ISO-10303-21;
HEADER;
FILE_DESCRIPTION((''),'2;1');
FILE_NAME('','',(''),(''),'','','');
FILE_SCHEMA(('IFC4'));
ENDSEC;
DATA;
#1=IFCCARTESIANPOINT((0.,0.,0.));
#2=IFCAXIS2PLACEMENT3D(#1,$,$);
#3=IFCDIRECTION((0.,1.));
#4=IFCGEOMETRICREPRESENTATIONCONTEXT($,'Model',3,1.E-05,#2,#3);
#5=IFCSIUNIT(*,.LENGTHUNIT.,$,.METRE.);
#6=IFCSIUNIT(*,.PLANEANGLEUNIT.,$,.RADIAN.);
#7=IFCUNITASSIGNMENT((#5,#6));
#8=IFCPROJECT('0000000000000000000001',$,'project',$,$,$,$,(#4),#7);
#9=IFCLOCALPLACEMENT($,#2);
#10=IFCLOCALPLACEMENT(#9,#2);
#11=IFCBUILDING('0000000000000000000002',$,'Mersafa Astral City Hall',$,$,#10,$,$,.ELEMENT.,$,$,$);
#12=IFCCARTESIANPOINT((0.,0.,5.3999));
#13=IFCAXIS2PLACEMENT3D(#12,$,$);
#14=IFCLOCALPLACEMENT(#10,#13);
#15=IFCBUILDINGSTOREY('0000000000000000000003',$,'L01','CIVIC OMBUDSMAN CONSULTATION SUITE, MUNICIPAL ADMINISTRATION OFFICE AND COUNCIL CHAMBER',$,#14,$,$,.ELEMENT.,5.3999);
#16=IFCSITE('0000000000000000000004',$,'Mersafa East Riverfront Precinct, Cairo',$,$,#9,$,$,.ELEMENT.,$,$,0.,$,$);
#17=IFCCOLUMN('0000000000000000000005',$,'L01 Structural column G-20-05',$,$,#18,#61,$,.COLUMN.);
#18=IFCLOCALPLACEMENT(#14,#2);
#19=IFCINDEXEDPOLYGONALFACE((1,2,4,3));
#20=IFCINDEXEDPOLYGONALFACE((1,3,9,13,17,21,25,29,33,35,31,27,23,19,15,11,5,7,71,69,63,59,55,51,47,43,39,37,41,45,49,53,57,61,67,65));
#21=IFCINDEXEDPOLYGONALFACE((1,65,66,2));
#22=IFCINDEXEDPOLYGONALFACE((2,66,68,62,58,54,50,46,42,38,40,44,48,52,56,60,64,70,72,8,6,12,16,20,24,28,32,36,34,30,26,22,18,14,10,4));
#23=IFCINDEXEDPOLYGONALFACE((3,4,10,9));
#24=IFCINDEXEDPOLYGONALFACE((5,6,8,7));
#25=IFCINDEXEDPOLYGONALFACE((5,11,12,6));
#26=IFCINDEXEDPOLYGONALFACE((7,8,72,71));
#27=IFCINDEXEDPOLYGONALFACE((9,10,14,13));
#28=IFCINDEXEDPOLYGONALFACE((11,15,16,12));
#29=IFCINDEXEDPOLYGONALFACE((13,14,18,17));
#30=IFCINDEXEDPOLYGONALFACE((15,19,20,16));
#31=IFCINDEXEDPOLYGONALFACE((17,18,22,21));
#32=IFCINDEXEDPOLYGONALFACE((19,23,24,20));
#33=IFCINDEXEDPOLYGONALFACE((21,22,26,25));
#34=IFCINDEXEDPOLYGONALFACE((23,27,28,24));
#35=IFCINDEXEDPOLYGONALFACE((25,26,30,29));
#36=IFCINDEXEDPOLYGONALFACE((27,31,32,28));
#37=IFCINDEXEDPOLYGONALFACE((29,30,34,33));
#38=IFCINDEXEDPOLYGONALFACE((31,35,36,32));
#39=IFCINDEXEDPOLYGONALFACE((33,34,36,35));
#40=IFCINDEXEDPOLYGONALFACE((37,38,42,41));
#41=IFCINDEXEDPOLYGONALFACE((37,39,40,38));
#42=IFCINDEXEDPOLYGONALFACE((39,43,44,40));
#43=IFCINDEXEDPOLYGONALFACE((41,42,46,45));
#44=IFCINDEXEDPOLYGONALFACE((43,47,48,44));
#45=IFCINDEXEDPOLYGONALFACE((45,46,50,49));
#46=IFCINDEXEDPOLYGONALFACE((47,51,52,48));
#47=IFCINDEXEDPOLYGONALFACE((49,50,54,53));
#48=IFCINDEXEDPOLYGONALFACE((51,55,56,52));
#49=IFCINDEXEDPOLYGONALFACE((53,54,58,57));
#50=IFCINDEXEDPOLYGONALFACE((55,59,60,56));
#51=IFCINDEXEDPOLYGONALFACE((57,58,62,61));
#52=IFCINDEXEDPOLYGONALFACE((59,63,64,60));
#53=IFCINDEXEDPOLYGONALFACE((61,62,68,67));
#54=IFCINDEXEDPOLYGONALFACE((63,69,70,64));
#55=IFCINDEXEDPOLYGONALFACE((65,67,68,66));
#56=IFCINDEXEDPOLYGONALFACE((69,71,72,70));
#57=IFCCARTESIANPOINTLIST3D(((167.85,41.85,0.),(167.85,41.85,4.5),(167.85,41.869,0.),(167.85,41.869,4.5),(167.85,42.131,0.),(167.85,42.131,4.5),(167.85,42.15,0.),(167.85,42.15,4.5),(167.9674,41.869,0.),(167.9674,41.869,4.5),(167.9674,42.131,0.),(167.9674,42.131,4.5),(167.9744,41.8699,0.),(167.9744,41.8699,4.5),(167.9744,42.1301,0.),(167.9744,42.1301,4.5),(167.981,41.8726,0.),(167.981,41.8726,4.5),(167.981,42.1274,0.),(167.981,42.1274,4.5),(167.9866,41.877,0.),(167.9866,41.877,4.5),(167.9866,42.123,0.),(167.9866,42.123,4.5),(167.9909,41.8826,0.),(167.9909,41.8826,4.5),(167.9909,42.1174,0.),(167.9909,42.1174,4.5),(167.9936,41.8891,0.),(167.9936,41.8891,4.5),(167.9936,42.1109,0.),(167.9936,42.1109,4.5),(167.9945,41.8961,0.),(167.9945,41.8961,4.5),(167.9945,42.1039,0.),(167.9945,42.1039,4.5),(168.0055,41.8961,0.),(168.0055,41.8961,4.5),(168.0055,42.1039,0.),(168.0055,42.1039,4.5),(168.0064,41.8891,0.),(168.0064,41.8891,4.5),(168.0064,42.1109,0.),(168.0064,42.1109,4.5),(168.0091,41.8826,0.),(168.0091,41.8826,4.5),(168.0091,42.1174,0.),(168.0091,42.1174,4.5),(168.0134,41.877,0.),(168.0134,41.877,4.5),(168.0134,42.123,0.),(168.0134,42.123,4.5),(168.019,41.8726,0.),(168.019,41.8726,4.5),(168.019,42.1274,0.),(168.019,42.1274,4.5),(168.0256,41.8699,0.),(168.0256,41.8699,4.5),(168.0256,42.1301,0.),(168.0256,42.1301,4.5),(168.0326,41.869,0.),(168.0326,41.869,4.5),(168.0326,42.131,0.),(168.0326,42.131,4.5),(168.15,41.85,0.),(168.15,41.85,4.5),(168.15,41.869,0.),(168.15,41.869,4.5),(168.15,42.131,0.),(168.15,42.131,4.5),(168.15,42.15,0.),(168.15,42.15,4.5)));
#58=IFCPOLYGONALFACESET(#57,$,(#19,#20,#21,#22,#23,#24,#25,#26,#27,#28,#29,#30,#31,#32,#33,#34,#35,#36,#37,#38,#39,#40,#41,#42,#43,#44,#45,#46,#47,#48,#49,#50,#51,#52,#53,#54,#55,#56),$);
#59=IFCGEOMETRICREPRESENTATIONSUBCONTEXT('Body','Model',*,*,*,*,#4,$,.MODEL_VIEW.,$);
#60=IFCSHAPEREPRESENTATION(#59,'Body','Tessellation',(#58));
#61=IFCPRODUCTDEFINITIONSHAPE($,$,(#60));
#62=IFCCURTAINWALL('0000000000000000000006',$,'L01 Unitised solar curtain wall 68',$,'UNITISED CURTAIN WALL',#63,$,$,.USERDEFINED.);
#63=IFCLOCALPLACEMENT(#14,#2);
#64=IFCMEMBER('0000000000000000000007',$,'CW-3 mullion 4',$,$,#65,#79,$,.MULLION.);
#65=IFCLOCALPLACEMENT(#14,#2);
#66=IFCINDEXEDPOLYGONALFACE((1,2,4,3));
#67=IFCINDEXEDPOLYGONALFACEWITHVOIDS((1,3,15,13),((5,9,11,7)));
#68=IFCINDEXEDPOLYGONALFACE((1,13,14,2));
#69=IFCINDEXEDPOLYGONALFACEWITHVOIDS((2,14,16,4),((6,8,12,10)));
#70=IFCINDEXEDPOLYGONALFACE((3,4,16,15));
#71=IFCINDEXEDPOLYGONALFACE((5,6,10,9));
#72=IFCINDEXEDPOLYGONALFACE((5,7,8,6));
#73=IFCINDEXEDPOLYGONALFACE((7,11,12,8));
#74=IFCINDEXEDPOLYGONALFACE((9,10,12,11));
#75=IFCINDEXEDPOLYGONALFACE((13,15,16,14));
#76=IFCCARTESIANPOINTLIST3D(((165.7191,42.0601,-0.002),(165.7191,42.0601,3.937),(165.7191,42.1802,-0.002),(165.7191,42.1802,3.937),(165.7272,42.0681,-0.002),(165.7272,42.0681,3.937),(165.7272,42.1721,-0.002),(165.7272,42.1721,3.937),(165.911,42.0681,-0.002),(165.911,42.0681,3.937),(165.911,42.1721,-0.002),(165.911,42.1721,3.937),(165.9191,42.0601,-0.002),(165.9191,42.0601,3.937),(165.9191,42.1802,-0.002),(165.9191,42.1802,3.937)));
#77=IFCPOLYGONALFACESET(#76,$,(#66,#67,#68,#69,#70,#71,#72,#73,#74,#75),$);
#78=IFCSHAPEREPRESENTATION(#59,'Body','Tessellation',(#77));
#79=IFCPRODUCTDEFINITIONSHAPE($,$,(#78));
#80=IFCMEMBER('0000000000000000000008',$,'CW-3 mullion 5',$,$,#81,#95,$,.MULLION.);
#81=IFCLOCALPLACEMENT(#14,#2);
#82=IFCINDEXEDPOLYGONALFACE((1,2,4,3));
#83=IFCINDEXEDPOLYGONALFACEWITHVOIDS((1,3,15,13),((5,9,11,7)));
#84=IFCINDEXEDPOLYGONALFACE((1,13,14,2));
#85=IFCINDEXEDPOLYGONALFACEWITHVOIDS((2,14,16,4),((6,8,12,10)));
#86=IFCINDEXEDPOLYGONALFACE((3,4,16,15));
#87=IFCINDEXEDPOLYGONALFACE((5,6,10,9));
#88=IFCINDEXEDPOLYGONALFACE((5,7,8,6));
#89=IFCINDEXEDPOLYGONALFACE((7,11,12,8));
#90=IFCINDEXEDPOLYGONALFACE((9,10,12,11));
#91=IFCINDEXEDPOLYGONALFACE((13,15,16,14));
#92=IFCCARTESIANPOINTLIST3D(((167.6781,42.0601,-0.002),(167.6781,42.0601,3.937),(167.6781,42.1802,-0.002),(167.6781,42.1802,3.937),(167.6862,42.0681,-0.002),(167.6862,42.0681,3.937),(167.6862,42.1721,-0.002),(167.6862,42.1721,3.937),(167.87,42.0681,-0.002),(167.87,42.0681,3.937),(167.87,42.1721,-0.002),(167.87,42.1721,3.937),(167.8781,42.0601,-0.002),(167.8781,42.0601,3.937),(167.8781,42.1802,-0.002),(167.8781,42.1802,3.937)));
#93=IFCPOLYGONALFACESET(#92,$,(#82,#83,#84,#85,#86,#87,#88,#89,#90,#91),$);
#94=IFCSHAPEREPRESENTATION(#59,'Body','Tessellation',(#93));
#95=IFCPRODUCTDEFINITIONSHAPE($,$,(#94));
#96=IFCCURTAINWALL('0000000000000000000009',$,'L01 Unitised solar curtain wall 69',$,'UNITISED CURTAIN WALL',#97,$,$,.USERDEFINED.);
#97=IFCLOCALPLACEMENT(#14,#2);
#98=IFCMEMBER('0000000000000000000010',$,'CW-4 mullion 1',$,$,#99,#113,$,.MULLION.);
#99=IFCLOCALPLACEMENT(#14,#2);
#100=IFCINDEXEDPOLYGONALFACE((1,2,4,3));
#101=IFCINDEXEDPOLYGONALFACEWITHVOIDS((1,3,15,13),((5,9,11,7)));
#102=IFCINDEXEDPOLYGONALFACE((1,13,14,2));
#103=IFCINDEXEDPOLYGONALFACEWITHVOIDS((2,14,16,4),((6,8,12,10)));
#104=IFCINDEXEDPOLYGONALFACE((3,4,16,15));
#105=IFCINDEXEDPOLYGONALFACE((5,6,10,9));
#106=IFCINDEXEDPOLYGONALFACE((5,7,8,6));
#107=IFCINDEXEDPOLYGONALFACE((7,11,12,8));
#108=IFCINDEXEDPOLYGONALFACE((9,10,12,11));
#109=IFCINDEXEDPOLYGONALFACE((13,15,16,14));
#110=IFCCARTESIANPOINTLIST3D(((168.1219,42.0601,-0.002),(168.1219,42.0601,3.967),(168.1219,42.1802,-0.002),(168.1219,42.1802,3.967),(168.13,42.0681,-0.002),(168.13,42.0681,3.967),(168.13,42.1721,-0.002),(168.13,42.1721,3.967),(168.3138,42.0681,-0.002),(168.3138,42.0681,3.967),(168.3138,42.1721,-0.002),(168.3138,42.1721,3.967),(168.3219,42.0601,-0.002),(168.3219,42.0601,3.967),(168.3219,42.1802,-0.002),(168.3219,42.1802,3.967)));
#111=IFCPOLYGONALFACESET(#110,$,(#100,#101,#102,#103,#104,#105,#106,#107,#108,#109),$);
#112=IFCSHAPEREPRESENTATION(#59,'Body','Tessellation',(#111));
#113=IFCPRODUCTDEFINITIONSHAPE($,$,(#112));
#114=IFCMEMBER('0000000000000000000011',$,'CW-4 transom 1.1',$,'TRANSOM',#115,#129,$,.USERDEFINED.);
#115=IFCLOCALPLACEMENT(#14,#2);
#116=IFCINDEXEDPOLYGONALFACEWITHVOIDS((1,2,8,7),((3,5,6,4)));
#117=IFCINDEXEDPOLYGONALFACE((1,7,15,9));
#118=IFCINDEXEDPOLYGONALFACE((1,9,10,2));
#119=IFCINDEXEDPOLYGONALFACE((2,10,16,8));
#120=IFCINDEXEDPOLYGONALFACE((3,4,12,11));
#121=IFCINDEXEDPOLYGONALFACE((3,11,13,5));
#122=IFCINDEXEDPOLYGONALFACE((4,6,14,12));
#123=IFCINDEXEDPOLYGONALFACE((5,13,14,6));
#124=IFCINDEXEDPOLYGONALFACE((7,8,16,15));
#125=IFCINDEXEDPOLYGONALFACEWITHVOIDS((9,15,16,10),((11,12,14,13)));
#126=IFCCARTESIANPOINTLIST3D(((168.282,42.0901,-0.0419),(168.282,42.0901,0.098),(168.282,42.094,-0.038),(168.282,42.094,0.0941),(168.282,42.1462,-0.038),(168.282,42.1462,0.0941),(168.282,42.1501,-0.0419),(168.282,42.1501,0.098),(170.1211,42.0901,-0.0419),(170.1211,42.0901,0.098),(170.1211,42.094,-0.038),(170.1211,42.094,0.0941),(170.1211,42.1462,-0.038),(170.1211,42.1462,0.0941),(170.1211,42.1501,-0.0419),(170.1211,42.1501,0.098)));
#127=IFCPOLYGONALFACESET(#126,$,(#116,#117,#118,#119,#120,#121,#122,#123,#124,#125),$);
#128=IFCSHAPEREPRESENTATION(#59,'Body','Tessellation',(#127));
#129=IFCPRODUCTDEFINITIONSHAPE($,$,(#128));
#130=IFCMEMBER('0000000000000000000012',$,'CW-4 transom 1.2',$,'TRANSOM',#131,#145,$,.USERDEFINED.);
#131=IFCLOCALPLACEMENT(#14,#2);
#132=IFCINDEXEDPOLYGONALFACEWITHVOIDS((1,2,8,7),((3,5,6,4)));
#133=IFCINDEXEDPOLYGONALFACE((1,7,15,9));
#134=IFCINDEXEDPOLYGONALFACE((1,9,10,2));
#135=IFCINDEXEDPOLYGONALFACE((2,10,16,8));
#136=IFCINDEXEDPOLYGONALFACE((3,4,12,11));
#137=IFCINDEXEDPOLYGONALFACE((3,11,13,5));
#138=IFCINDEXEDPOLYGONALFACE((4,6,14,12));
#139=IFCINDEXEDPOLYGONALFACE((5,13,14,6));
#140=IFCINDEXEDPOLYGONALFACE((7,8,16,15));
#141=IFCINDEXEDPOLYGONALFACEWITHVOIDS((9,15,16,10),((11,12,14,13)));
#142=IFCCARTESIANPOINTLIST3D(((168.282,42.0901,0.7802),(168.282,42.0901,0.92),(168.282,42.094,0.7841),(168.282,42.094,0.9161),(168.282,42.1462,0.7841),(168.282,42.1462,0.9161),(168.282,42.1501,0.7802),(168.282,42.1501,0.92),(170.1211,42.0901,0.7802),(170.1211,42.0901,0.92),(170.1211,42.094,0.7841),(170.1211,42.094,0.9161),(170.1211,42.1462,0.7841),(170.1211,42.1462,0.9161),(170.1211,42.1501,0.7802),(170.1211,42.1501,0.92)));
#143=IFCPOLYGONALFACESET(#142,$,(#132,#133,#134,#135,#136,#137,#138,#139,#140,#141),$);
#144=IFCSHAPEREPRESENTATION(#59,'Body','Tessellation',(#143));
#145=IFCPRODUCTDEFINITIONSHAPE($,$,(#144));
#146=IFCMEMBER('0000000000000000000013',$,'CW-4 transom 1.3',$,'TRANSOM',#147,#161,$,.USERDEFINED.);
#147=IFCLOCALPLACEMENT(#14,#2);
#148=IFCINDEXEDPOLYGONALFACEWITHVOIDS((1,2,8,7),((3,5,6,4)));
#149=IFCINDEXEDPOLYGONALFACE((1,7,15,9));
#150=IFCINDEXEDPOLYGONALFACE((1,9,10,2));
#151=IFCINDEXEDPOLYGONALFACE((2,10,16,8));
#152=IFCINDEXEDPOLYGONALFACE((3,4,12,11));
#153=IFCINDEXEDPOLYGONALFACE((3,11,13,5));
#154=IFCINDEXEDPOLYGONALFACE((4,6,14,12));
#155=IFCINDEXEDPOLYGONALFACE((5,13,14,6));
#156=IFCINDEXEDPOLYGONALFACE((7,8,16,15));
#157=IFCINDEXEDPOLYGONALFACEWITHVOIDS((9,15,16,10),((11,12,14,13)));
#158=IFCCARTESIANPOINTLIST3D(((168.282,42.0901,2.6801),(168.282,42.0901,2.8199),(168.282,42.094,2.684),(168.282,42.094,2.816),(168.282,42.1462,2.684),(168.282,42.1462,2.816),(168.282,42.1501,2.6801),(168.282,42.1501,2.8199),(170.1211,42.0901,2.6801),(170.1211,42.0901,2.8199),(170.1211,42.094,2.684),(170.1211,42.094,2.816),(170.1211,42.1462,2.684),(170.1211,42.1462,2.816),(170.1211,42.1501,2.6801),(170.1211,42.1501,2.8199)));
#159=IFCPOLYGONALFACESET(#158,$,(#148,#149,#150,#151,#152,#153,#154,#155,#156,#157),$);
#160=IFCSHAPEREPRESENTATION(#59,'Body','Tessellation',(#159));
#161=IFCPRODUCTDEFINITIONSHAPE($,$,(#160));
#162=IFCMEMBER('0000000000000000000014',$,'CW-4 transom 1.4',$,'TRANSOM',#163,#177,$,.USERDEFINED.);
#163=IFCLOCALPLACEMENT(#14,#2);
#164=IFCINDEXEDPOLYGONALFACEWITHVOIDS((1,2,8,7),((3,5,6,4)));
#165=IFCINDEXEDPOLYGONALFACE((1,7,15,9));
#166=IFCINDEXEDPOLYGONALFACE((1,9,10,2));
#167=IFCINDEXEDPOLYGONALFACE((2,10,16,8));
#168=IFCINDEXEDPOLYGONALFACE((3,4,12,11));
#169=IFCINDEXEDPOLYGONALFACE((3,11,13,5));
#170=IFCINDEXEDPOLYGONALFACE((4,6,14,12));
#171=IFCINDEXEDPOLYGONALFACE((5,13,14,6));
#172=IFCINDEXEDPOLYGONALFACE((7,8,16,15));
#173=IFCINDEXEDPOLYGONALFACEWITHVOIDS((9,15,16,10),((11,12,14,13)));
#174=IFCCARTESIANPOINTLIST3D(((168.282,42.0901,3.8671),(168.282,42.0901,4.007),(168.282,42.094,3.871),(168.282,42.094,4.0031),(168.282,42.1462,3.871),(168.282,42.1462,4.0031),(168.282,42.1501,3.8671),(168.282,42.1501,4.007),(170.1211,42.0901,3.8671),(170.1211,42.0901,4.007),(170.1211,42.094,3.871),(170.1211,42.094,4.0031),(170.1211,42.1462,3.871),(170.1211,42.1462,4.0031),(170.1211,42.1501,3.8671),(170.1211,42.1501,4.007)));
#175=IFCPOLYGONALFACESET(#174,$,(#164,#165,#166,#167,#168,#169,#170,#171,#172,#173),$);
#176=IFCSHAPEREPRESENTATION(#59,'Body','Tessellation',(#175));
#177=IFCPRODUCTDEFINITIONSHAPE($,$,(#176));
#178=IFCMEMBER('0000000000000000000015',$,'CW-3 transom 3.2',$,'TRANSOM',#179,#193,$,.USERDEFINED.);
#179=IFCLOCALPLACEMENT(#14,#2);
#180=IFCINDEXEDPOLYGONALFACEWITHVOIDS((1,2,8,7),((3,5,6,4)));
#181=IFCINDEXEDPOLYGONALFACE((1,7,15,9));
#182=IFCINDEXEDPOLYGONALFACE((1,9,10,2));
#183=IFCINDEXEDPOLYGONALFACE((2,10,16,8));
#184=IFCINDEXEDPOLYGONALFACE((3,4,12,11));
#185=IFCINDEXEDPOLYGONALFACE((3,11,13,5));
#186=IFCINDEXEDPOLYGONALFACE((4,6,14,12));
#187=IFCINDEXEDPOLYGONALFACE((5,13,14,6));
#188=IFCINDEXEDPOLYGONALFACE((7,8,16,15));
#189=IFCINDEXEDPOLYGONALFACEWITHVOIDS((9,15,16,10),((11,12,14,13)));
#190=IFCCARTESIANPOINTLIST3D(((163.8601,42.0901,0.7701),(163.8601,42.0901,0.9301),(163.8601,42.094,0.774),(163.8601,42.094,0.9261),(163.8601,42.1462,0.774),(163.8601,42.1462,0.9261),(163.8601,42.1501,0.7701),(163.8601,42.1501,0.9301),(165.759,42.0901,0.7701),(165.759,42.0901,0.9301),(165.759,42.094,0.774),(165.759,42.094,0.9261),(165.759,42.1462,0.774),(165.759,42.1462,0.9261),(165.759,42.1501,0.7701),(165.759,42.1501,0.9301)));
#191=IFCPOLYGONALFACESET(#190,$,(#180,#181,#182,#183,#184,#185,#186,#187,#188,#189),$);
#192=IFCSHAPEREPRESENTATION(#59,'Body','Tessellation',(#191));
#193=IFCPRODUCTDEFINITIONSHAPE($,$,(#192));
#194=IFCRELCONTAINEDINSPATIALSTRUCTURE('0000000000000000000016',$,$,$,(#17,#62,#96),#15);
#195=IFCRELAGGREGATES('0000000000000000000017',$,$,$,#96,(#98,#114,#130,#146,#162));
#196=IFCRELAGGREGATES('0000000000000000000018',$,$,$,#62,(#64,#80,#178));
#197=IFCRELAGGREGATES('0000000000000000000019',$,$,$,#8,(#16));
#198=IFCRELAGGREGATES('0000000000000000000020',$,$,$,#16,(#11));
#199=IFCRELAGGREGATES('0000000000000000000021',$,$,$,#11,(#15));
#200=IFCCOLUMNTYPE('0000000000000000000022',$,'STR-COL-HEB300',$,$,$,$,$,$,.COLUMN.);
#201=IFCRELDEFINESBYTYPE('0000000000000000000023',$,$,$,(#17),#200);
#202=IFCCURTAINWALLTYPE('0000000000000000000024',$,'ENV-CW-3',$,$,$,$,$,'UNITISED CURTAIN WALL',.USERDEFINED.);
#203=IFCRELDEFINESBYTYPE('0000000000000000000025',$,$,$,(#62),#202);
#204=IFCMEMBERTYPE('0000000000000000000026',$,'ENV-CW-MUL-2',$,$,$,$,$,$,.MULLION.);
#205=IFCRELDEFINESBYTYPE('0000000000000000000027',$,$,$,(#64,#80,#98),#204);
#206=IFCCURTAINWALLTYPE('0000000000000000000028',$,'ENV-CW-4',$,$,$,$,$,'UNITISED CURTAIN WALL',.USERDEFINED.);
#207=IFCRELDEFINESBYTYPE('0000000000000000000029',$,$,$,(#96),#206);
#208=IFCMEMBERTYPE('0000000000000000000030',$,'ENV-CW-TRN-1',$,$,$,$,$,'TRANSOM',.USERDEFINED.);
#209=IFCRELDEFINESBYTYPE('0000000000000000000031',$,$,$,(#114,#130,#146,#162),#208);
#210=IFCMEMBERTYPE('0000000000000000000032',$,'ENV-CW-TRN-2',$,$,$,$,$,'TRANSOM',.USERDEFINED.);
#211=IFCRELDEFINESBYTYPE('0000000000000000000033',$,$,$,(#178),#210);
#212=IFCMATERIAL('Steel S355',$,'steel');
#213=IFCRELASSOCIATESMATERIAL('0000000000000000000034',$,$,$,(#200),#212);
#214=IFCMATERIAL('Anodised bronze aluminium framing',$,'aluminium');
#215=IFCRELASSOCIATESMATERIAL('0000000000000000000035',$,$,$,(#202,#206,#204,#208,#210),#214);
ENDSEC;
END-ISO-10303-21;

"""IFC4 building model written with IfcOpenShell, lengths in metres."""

from ifc_helpers import new_model, si_unit, direction, frame, origin, origin_2d, place, context, subcontext, project, spatial, hollow_rectangle, i_section, extrude, material, material_profile, profile_set, type_object, element, aggregate, save


model = new_model("IFC4")

# Units and contexts
model_context = context("Model", 3, precision=1e-05, world=origin(), true_north=direction((0.0, 1.0)))
body_context = subcontext(model_context, "Body", "Model", "MODEL_VIEW")
ifc_project = project(units=[si_unit("LENGTHUNIT", "METRE"), si_unit("PLANEANGLEUNIT", "RADIAN")], contexts=[model_context])

# Site, building, storey
site_placement = place(None, origin())
site = spatial("IfcSite", under=ifc_project, at=site_placement, Name="Mersafa East Riverfront Precinct, Cairo", CompositionType="ELEMENT", RefElevation=0.0)
building_placement = place(site_placement, origin())
building = spatial("IfcBuilding", under=site, at=building_placement, Name="Mersafa Astral City Hall", CompositionType="ELEMENT")
storey_placement = place(building_placement, frame((0.0, 0.0, 5.3999)))
storey = spatial("IfcBuildingStorey", under=building, at=storey_placement, Name="L01", Description="CIVIC OMBUDSMAN CONSULTATION SUITE, MUNICIPAL ADMINISTRATION OFFICE AND COUNCIL CHAMBER", CompositionType="ELEMENT", Elevation=5.3999)

# Column
ifc_material_1 = material(Name="Steel S355", Category="steel")
ifc_material_profile_1 = material_profile(ifc_material_1, i_section(OverallWidth=0.3, OverallDepth=0.3, WebThickness=0.011, FlangeThickness=0.019, FilletRadius=0.0271, at=origin_2d()), Name="HEB 300")
ifc_profile_set_1 = profile_set([ifc_material_profile_1], Name="Steel S355")
column_type = type_object("IfcColumnType", Name="STR-COL-HEB300", PredefinedType="COLUMN", material=ifc_profile_set_1)
column_placement = place(storey_placement, frame((168.0, 42.0, 0.0), z_axis=(0.0, 0.0, 1.0), x_axis=(1.0, 0.0, 0.0)))
element("IfcColumn", 1, at=column_placement, inside=storey, type_object=column_type, Name="L01 Structural column G-20-05", PredefinedType="COLUMN", context=body_context, shape_type="SweptSolid", body=[
    extrude(i_section(OverallWidth=0.3, OverallDepth=0.3, WebThickness=0.011, FlangeThickness=0.019, FilletRadius=0.0271, at=origin_2d()), origin(), (0.0, 0.0, 1.0), 4.5),
])

# Curtain walls, members
ifc_material_2 = material(Name="Anodised bronze aluminium framing", Category="aluminium")
curtain_wall_type_1 = type_object("IfcCurtainWallType", Name="ENV-CW-3", ElementType="UNITISED CURTAIN WALL", PredefinedType="USERDEFINED", material=ifc_material_2)
curtain_wall_1_placement = place(storey_placement, origin())
curtain_wall_1 = element("IfcCurtainWall", 2, at=curtain_wall_1_placement, inside=storey, type_object=curtain_wall_type_1, Name="L01 Unitised solar curtain wall 68", ObjectType="UNITISED CURTAIN WALL", PredefinedType="USERDEFINED")
ifc_material_profile_2 = material_profile(ifc_material_2, hollow_rectangle(XDim=0.1201, YDim=0.2, WallThickness=0.0081, at=origin_2d()), Name="RHS 120x200x8")
ifc_profile_set_2 = profile_set([ifc_material_profile_2], Name="Anodised bronze aluminium framing")
member_type_1 = type_object("IfcMemberType", Name="ENV-CW-MUL-2", PredefinedType="MULLION", material=ifc_profile_set_2)
member_1_placement = place(storey_placement, frame((165.8191, 42.1201, -0.002), z_axis=(0.0, 0.0, 1.0), x_axis=(0.0, 1.0, 0.0)))
member_1 = element("IfcMember", 3, at=member_1_placement, type_object=member_type_1, Name="CW-3 mullion 4", PredefinedType="MULLION", context=body_context, shape_type="SweptSolid", body=[
    extrude(hollow_rectangle(XDim=0.1201, YDim=0.2, WallThickness=0.0081, at=origin_2d()), origin(), (0.0, 0.0, 1.0), 3.939),
])
member_2_placement = place(storey_placement, frame((167.7781, 42.1201, -0.002), z_axis=(0.0, 0.0, 1.0), x_axis=(0.0, 1.0, 0.0)))
member_2 = element("IfcMember", 4, at=member_2_placement, type_object=member_type_1, Name="CW-3 mullion 5", PredefinedType="MULLION", context=body_context, shape_type="SweptSolid", body=[
    extrude(hollow_rectangle(XDim=0.1201, YDim=0.2, WallThickness=0.0081, at=origin_2d()), origin(), (0.0, 0.0, 1.0), 3.939),
])
curtain_wall_type_2 = type_object("IfcCurtainWallType", Name="ENV-CW-4", ElementType="UNITISED CURTAIN WALL", PredefinedType="USERDEFINED", material=ifc_material_2)
curtain_wall_2_placement = place(storey_placement, origin())
curtain_wall_2 = element("IfcCurtainWall", 5, at=curtain_wall_2_placement, inside=storey, type_object=curtain_wall_type_2, Name="L01 Unitised solar curtain wall 69", ObjectType="UNITISED CURTAIN WALL", PredefinedType="USERDEFINED")
member_3_placement = place(storey_placement, frame((168.2219, 42.1201, -0.002), z_axis=(0.0, 0.0, 1.0), x_axis=(0.0, 1.0, 0.0)))
member_3 = element("IfcMember", 6, at=member_3_placement, type_object=member_type_1, Name="CW-4 mullion 1", PredefinedType="MULLION", context=body_context, shape_type="SweptSolid", body=[
    extrude(hollow_rectangle(XDim=0.1201, YDim=0.2, WallThickness=0.0081, at=origin_2d()), origin(), (0.0, 0.0, 1.0), 3.969),
])
ifc_material_profile_3 = material_profile(ifc_material_2, hollow_rectangle(XDim=0.0601, YDim=0.1399, WallThickness=0.0039, at=origin_2d()), Name="RHS 60x140x4")
ifc_profile_set_3 = profile_set([ifc_material_profile_3], Name="Anodised bronze aluminium framing")
member_type_2 = type_object("IfcMemberType", Name="ENV-CW-TRN-1", ElementType="TRANSOM", PredefinedType="USERDEFINED", material=ifc_profile_set_3)
member_4_placement = place(storey_placement, frame((168.282, 42.1201, 0.0281), z_axis=(1.0, 0.0, 0.0), x_axis=(0.0, 1.0, 0.0)))
member_4 = element("IfcMember", 7, at=member_4_placement, type_object=member_type_2, Name="CW-4 transom 1.1", ObjectType="TRANSOM", PredefinedType="USERDEFINED", context=body_context, shape_type="SweptSolid", body=[
    extrude(hollow_rectangle(XDim=0.0601, YDim=0.1399, WallThickness=0.0039, at=origin_2d()), origin(), (0.0, 0.0, 1.0), 1.8391),
])
member_5_placement = place(storey_placement, frame((168.282, 42.1201, 0.8501), z_axis=(1.0, 0.0, 0.0), x_axis=(0.0, 1.0, 0.0)))
member_5 = element("IfcMember", 8, at=member_5_placement, type_object=member_type_2, Name="CW-4 transom 1.2", ObjectType="TRANSOM", PredefinedType="USERDEFINED", context=body_context, shape_type="SweptSolid", body=[
    extrude(hollow_rectangle(XDim=0.0601, YDim=0.1399, WallThickness=0.0039, at=origin_2d()), origin(), (0.0, 0.0, 1.0), 1.8391),
])
member_6_placement = place(storey_placement, frame((168.282, 42.1201, 2.75), z_axis=(1.0, 0.0, 0.0), x_axis=(0.0, 1.0, 0.0)))
member_6 = element("IfcMember", 9, at=member_6_placement, type_object=member_type_2, Name="CW-4 transom 1.3", ObjectType="TRANSOM", PredefinedType="USERDEFINED", context=body_context, shape_type="SweptSolid", body=[
    extrude(hollow_rectangle(XDim=0.0601, YDim=0.1399, WallThickness=0.0039, at=origin_2d()), origin(), (0.0, 0.0, 1.0), 1.8391),
])
member_7_placement = place(storey_placement, frame((168.282, 42.1201, 3.937), z_axis=(1.0, 0.0, 0.0), x_axis=(0.0, 1.0, 0.0)))
member_7 = element("IfcMember", 10, at=member_7_placement, type_object=member_type_2, Name="CW-4 transom 1.4", ObjectType="TRANSOM", PredefinedType="USERDEFINED", context=body_context, shape_type="SweptSolid", body=[
    extrude(hollow_rectangle(XDim=0.0601, YDim=0.1399, WallThickness=0.0039, at=origin_2d()), origin(), (0.0, 0.0, 1.0), 1.8391),
])
aggregate(curtain_wall_2, [member_3, member_4, member_5, member_6, member_7])

# Member
ifc_material_profile_4 = material_profile(ifc_material_2, hollow_rectangle(XDim=0.0601, YDim=0.1599, WallThickness=0.0039, at=origin_2d()), Name="RHS 60x160x4")
ifc_profile_set_4 = profile_set([ifc_material_profile_4], Name="Anodised bronze aluminium framing")
member_type_3 = type_object("IfcMemberType", Name="ENV-CW-TRN-2", ElementType="TRANSOM", PredefinedType="USERDEFINED", material=ifc_profile_set_4)
member_8_placement = place(storey_placement, frame((163.8601, 42.1201, 0.8501), z_axis=(1.0, 0.0, 0.0), x_axis=(0.0, 1.0, 0.0)))
member_8 = element("IfcMember", 11, at=member_8_placement, type_object=member_type_3, Name="CW-3 transom 3.2", ObjectType="TRANSOM", PredefinedType="USERDEFINED", context=body_context, shape_type="SweptSolid", body=[
    extrude(hollow_rectangle(XDim=0.0601, YDim=0.1599, WallThickness=0.0039, at=origin_2d()), origin(), (0.0, 0.0, 1.0), 1.8989),
])

aggregate(curtain_wall_1, [member_1, member_2, member_8])

save(model, "model.ifc")
